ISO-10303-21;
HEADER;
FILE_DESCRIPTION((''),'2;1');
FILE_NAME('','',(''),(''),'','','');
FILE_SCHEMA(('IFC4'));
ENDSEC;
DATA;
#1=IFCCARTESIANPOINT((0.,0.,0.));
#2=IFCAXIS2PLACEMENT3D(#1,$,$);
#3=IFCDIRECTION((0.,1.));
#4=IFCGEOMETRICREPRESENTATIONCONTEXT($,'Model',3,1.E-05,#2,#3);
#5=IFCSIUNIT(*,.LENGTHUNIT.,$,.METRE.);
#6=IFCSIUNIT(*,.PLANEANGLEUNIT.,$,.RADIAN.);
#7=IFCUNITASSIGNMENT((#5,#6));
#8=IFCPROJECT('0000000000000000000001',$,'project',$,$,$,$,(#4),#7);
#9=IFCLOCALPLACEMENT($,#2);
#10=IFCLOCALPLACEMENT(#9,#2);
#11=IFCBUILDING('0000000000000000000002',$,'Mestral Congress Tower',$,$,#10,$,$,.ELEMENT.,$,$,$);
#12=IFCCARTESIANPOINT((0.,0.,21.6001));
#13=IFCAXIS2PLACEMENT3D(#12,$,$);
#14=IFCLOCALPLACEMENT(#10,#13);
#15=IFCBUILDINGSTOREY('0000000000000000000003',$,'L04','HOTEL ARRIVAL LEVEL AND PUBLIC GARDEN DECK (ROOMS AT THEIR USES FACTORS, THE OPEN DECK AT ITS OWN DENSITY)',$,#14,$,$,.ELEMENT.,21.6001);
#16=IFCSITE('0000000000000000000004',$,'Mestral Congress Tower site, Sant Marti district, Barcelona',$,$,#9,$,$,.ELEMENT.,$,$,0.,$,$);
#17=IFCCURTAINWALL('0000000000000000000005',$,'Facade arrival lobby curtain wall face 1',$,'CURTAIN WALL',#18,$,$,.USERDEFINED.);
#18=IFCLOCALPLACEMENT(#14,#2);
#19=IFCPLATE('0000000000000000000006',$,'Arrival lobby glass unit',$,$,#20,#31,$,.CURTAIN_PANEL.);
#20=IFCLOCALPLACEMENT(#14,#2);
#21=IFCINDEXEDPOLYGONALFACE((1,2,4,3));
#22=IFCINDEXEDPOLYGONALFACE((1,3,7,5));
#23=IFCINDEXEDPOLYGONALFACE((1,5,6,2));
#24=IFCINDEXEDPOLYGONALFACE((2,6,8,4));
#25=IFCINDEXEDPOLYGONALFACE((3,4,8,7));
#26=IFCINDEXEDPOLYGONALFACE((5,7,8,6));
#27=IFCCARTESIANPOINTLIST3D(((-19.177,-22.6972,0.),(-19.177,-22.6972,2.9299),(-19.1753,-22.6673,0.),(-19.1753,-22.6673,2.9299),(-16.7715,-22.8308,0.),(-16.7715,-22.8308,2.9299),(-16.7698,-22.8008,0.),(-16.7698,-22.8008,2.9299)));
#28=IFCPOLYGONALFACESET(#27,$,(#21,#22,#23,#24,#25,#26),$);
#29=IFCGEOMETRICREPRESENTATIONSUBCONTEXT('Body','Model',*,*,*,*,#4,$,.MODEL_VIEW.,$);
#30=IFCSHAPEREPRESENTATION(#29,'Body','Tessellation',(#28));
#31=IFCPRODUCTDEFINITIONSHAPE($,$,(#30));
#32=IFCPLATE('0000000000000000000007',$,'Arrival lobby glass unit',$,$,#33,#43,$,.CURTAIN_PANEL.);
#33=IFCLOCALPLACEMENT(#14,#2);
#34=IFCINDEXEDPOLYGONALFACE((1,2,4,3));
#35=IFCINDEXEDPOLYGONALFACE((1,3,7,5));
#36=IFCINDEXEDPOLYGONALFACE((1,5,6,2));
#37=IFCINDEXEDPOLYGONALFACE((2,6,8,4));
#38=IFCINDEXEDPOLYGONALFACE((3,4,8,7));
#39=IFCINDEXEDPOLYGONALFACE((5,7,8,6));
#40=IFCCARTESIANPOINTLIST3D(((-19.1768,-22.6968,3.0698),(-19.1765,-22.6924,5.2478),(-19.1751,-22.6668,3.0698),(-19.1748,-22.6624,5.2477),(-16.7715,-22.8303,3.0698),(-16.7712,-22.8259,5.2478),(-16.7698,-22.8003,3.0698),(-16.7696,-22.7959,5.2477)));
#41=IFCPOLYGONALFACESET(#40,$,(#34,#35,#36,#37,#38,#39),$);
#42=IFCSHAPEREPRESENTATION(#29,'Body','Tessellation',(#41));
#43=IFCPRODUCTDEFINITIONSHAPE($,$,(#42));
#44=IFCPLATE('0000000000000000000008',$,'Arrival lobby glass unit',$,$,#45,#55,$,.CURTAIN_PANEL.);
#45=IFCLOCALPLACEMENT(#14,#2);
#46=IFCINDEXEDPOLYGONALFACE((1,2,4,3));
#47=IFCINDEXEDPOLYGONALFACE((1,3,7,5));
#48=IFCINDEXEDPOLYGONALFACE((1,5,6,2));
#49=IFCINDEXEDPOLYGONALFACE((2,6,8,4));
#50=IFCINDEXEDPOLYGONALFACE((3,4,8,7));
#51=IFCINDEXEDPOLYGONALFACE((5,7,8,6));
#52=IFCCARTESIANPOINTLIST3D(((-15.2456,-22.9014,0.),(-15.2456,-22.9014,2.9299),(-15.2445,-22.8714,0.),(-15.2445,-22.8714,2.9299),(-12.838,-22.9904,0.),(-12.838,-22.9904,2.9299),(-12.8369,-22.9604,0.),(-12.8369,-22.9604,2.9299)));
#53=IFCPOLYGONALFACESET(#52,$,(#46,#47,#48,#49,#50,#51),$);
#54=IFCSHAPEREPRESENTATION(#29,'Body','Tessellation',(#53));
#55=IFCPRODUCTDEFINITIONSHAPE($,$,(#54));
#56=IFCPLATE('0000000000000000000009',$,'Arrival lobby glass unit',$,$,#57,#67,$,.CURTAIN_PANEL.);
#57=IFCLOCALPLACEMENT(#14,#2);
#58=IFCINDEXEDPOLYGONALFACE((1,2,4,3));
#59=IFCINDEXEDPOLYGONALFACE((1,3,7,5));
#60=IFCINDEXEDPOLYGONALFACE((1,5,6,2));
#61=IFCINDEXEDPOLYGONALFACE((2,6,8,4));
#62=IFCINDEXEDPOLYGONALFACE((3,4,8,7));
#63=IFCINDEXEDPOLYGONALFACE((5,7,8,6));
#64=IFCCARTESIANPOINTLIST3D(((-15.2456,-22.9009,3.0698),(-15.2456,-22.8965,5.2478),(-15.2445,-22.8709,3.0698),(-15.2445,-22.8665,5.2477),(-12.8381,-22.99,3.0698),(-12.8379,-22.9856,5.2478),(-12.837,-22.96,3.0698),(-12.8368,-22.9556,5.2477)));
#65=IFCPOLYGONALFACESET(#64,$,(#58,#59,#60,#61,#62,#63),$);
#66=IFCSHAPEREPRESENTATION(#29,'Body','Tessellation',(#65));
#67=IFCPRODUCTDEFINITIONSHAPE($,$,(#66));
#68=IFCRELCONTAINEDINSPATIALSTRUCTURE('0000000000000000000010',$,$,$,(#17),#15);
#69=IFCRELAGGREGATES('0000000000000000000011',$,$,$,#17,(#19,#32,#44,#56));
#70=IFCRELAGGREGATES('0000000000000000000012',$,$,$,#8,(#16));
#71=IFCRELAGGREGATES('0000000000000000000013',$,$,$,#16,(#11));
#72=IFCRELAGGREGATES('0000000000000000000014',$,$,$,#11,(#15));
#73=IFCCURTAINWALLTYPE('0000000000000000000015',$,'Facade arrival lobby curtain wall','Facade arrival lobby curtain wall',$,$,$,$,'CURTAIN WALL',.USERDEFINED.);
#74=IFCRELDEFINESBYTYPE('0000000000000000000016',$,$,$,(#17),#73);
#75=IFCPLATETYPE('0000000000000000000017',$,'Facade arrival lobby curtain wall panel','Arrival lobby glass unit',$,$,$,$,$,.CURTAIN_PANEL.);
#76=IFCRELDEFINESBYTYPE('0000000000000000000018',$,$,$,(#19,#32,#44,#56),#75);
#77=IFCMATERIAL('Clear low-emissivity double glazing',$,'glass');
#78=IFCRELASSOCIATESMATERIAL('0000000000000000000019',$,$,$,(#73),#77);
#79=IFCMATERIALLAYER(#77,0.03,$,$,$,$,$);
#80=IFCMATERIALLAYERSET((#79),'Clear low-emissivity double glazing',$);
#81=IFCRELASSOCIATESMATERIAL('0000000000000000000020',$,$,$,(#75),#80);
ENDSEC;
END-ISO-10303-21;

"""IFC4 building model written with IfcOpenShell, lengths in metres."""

from ifc_helpers import new_model, si_unit, direction, frame, origin, origin_2d, place, context, subcontext, project, spatial, polyline, rectangle, outline, extrude, material, layer, layer_set, type_object, element, aggregate, save


model = new_model("IFC4")

# Units and contexts
model_context = context("Model", 3, precision=1e-05, world=origin(), true_north=direction((0.0, 1.0)))
body_context = subcontext(model_context, "Body", "Model", "MODEL_VIEW")
ifc_project = project(units=[si_unit("LENGTHUNIT", "METRE"), si_unit("PLANEANGLEUNIT", "RADIAN")], contexts=[model_context])

# Site, building, storey
site_placement = place(None, origin())
site = spatial("IfcSite", under=ifc_project, at=site_placement, Name="Mestral Congress Tower site, Sant Marti district, Barcelona", CompositionType="ELEMENT", RefElevation=0.0)
building_placement = place(site_placement, origin())
building = spatial("IfcBuilding", under=site, at=building_placement, Name="Mestral Congress Tower", CompositionType="ELEMENT")
storey_placement = place(building_placement, frame((0.0, 0.0, 21.6001)))
storey = spatial("IfcBuildingStorey", under=building, at=storey_placement, Name="L04", Description="HOTEL ARRIVAL LEVEL AND PUBLIC GARDEN DECK (ROOMS AT THEIR USES FACTORS, THE OPEN DECK AT ITS OWN DENSITY)", CompositionType="ELEMENT", Elevation=21.6001)

# Curtain wall
ifc_material_1 = material(Name="Clear low-emissivity double glazing", Category="glass")
curtain_wall_type = type_object("IfcCurtainWallType", Name="Facade arrival lobby curtain wall", Description="Facade arrival lobby curtain wall", ElementType="CURTAIN WALL", PredefinedType="USERDEFINED", material=ifc_material_1)
curtain_wall_placement = place(storey_placement, origin())
curtain_wall = element("IfcCurtainWall", 1, at=curtain_wall_placement, inside=storey, type_object=curtain_wall_type, Name="Facade arrival lobby curtain wall face 1", ObjectType="CURTAIN WALL", PredefinedType="USERDEFINED")

# Plates
ifc_layer = layer(ifc_material_1, 0.03)
ifc_layer_set = layer_set([ifc_layer], Name="Clear low-emissivity double glazing")
plate_type = type_object("IfcPlateType", Name="Facade arrival lobby curtain wall panel", Description="Arrival lobby glass unit", PredefinedType="CURTAIN_PANEL", material=ifc_layer_set)
plate_1_placement = place(storey_placement, frame((-17.9734, -22.749, 0.0), z_axis=(0.0, 0.0, 1.0), x_axis=(0.998463, -0.055428, 0.0)))
plate_1 = element("IfcPlate", 2, at=plate_1_placement, type_object=plate_type, Name="Arrival lobby glass unit", PredefinedType="CURTAIN_PANEL", context=body_context, shape_type="SweptSolid", body=[
    extrude(rectangle(XDim=2.4092, YDim=0.03, at=origin_2d()), origin(), (0.0, 0.0, 1.0), 2.9299),
])
plate_2_placement = place(storey_placement, frame((-16.7715, -22.8303, 3.0698), z_axis=(-0.055436, -0.99846, 0.002021), x_axis=(-0.998462, 0.055436, 0.0)))
plate_2 = element("IfcPlate", 3, at=plate_2_placement, type_object=plate_type, Name="Arrival lobby glass unit", PredefinedType="CURTAIN_PANEL", context=body_context, shape_type="SweptSolid", body=[
    extrude(outline(polyline([(0.0, 0.0), (2.409, 0.0), (2.409, -2.178), (0.0, -2.178), (0.0, 0.0)])), origin(), (0.0, 0.0, -1.0), 0.03),
])
plate_3_placement = place(storey_placement, frame((-14.0413, -22.9309, 0.0), z_axis=(0.0, 0.0, 1.0), x_axis=(0.999316, -0.036968, 0.0)))
plate_3 = element("IfcPlate", 4, at=plate_3_placement, type_object=plate_type, Name="Arrival lobby glass unit", PredefinedType="CURTAIN_PANEL", context=body_context, shape_type="SweptSolid", body=[
    extrude(rectangle(XDim=2.4092, YDim=0.03, at=origin_2d()), origin(), (0.0, 0.0, 1.0), 2.9299),
])
plate_4_placement = place(storey_placement, frame((-12.8381, -22.99, 3.0698), z_axis=(-0.036987, -0.999314, 0.002018), x_axis=(-0.999316, 0.036987, 0.0)))
plate_4 = element("IfcPlate", 5, at=plate_4_placement, type_object=plate_type, Name="Arrival lobby glass unit", PredefinedType="CURTAIN_PANEL", context=body_context, shape_type="SweptSolid", body=[
    extrude(outline(polyline([(0.0, 0.0), (2.4091, 0.0), (2.4093, -2.178), (-0.0001, -2.178), (0.0, 0.0)])), origin(), (0.0, 0.0, -1.0), 0.03),
])
aggregate(curtain_wall, [plate_1, plate_2, plate_3, plate_4])

save(model, "model.ifc")
